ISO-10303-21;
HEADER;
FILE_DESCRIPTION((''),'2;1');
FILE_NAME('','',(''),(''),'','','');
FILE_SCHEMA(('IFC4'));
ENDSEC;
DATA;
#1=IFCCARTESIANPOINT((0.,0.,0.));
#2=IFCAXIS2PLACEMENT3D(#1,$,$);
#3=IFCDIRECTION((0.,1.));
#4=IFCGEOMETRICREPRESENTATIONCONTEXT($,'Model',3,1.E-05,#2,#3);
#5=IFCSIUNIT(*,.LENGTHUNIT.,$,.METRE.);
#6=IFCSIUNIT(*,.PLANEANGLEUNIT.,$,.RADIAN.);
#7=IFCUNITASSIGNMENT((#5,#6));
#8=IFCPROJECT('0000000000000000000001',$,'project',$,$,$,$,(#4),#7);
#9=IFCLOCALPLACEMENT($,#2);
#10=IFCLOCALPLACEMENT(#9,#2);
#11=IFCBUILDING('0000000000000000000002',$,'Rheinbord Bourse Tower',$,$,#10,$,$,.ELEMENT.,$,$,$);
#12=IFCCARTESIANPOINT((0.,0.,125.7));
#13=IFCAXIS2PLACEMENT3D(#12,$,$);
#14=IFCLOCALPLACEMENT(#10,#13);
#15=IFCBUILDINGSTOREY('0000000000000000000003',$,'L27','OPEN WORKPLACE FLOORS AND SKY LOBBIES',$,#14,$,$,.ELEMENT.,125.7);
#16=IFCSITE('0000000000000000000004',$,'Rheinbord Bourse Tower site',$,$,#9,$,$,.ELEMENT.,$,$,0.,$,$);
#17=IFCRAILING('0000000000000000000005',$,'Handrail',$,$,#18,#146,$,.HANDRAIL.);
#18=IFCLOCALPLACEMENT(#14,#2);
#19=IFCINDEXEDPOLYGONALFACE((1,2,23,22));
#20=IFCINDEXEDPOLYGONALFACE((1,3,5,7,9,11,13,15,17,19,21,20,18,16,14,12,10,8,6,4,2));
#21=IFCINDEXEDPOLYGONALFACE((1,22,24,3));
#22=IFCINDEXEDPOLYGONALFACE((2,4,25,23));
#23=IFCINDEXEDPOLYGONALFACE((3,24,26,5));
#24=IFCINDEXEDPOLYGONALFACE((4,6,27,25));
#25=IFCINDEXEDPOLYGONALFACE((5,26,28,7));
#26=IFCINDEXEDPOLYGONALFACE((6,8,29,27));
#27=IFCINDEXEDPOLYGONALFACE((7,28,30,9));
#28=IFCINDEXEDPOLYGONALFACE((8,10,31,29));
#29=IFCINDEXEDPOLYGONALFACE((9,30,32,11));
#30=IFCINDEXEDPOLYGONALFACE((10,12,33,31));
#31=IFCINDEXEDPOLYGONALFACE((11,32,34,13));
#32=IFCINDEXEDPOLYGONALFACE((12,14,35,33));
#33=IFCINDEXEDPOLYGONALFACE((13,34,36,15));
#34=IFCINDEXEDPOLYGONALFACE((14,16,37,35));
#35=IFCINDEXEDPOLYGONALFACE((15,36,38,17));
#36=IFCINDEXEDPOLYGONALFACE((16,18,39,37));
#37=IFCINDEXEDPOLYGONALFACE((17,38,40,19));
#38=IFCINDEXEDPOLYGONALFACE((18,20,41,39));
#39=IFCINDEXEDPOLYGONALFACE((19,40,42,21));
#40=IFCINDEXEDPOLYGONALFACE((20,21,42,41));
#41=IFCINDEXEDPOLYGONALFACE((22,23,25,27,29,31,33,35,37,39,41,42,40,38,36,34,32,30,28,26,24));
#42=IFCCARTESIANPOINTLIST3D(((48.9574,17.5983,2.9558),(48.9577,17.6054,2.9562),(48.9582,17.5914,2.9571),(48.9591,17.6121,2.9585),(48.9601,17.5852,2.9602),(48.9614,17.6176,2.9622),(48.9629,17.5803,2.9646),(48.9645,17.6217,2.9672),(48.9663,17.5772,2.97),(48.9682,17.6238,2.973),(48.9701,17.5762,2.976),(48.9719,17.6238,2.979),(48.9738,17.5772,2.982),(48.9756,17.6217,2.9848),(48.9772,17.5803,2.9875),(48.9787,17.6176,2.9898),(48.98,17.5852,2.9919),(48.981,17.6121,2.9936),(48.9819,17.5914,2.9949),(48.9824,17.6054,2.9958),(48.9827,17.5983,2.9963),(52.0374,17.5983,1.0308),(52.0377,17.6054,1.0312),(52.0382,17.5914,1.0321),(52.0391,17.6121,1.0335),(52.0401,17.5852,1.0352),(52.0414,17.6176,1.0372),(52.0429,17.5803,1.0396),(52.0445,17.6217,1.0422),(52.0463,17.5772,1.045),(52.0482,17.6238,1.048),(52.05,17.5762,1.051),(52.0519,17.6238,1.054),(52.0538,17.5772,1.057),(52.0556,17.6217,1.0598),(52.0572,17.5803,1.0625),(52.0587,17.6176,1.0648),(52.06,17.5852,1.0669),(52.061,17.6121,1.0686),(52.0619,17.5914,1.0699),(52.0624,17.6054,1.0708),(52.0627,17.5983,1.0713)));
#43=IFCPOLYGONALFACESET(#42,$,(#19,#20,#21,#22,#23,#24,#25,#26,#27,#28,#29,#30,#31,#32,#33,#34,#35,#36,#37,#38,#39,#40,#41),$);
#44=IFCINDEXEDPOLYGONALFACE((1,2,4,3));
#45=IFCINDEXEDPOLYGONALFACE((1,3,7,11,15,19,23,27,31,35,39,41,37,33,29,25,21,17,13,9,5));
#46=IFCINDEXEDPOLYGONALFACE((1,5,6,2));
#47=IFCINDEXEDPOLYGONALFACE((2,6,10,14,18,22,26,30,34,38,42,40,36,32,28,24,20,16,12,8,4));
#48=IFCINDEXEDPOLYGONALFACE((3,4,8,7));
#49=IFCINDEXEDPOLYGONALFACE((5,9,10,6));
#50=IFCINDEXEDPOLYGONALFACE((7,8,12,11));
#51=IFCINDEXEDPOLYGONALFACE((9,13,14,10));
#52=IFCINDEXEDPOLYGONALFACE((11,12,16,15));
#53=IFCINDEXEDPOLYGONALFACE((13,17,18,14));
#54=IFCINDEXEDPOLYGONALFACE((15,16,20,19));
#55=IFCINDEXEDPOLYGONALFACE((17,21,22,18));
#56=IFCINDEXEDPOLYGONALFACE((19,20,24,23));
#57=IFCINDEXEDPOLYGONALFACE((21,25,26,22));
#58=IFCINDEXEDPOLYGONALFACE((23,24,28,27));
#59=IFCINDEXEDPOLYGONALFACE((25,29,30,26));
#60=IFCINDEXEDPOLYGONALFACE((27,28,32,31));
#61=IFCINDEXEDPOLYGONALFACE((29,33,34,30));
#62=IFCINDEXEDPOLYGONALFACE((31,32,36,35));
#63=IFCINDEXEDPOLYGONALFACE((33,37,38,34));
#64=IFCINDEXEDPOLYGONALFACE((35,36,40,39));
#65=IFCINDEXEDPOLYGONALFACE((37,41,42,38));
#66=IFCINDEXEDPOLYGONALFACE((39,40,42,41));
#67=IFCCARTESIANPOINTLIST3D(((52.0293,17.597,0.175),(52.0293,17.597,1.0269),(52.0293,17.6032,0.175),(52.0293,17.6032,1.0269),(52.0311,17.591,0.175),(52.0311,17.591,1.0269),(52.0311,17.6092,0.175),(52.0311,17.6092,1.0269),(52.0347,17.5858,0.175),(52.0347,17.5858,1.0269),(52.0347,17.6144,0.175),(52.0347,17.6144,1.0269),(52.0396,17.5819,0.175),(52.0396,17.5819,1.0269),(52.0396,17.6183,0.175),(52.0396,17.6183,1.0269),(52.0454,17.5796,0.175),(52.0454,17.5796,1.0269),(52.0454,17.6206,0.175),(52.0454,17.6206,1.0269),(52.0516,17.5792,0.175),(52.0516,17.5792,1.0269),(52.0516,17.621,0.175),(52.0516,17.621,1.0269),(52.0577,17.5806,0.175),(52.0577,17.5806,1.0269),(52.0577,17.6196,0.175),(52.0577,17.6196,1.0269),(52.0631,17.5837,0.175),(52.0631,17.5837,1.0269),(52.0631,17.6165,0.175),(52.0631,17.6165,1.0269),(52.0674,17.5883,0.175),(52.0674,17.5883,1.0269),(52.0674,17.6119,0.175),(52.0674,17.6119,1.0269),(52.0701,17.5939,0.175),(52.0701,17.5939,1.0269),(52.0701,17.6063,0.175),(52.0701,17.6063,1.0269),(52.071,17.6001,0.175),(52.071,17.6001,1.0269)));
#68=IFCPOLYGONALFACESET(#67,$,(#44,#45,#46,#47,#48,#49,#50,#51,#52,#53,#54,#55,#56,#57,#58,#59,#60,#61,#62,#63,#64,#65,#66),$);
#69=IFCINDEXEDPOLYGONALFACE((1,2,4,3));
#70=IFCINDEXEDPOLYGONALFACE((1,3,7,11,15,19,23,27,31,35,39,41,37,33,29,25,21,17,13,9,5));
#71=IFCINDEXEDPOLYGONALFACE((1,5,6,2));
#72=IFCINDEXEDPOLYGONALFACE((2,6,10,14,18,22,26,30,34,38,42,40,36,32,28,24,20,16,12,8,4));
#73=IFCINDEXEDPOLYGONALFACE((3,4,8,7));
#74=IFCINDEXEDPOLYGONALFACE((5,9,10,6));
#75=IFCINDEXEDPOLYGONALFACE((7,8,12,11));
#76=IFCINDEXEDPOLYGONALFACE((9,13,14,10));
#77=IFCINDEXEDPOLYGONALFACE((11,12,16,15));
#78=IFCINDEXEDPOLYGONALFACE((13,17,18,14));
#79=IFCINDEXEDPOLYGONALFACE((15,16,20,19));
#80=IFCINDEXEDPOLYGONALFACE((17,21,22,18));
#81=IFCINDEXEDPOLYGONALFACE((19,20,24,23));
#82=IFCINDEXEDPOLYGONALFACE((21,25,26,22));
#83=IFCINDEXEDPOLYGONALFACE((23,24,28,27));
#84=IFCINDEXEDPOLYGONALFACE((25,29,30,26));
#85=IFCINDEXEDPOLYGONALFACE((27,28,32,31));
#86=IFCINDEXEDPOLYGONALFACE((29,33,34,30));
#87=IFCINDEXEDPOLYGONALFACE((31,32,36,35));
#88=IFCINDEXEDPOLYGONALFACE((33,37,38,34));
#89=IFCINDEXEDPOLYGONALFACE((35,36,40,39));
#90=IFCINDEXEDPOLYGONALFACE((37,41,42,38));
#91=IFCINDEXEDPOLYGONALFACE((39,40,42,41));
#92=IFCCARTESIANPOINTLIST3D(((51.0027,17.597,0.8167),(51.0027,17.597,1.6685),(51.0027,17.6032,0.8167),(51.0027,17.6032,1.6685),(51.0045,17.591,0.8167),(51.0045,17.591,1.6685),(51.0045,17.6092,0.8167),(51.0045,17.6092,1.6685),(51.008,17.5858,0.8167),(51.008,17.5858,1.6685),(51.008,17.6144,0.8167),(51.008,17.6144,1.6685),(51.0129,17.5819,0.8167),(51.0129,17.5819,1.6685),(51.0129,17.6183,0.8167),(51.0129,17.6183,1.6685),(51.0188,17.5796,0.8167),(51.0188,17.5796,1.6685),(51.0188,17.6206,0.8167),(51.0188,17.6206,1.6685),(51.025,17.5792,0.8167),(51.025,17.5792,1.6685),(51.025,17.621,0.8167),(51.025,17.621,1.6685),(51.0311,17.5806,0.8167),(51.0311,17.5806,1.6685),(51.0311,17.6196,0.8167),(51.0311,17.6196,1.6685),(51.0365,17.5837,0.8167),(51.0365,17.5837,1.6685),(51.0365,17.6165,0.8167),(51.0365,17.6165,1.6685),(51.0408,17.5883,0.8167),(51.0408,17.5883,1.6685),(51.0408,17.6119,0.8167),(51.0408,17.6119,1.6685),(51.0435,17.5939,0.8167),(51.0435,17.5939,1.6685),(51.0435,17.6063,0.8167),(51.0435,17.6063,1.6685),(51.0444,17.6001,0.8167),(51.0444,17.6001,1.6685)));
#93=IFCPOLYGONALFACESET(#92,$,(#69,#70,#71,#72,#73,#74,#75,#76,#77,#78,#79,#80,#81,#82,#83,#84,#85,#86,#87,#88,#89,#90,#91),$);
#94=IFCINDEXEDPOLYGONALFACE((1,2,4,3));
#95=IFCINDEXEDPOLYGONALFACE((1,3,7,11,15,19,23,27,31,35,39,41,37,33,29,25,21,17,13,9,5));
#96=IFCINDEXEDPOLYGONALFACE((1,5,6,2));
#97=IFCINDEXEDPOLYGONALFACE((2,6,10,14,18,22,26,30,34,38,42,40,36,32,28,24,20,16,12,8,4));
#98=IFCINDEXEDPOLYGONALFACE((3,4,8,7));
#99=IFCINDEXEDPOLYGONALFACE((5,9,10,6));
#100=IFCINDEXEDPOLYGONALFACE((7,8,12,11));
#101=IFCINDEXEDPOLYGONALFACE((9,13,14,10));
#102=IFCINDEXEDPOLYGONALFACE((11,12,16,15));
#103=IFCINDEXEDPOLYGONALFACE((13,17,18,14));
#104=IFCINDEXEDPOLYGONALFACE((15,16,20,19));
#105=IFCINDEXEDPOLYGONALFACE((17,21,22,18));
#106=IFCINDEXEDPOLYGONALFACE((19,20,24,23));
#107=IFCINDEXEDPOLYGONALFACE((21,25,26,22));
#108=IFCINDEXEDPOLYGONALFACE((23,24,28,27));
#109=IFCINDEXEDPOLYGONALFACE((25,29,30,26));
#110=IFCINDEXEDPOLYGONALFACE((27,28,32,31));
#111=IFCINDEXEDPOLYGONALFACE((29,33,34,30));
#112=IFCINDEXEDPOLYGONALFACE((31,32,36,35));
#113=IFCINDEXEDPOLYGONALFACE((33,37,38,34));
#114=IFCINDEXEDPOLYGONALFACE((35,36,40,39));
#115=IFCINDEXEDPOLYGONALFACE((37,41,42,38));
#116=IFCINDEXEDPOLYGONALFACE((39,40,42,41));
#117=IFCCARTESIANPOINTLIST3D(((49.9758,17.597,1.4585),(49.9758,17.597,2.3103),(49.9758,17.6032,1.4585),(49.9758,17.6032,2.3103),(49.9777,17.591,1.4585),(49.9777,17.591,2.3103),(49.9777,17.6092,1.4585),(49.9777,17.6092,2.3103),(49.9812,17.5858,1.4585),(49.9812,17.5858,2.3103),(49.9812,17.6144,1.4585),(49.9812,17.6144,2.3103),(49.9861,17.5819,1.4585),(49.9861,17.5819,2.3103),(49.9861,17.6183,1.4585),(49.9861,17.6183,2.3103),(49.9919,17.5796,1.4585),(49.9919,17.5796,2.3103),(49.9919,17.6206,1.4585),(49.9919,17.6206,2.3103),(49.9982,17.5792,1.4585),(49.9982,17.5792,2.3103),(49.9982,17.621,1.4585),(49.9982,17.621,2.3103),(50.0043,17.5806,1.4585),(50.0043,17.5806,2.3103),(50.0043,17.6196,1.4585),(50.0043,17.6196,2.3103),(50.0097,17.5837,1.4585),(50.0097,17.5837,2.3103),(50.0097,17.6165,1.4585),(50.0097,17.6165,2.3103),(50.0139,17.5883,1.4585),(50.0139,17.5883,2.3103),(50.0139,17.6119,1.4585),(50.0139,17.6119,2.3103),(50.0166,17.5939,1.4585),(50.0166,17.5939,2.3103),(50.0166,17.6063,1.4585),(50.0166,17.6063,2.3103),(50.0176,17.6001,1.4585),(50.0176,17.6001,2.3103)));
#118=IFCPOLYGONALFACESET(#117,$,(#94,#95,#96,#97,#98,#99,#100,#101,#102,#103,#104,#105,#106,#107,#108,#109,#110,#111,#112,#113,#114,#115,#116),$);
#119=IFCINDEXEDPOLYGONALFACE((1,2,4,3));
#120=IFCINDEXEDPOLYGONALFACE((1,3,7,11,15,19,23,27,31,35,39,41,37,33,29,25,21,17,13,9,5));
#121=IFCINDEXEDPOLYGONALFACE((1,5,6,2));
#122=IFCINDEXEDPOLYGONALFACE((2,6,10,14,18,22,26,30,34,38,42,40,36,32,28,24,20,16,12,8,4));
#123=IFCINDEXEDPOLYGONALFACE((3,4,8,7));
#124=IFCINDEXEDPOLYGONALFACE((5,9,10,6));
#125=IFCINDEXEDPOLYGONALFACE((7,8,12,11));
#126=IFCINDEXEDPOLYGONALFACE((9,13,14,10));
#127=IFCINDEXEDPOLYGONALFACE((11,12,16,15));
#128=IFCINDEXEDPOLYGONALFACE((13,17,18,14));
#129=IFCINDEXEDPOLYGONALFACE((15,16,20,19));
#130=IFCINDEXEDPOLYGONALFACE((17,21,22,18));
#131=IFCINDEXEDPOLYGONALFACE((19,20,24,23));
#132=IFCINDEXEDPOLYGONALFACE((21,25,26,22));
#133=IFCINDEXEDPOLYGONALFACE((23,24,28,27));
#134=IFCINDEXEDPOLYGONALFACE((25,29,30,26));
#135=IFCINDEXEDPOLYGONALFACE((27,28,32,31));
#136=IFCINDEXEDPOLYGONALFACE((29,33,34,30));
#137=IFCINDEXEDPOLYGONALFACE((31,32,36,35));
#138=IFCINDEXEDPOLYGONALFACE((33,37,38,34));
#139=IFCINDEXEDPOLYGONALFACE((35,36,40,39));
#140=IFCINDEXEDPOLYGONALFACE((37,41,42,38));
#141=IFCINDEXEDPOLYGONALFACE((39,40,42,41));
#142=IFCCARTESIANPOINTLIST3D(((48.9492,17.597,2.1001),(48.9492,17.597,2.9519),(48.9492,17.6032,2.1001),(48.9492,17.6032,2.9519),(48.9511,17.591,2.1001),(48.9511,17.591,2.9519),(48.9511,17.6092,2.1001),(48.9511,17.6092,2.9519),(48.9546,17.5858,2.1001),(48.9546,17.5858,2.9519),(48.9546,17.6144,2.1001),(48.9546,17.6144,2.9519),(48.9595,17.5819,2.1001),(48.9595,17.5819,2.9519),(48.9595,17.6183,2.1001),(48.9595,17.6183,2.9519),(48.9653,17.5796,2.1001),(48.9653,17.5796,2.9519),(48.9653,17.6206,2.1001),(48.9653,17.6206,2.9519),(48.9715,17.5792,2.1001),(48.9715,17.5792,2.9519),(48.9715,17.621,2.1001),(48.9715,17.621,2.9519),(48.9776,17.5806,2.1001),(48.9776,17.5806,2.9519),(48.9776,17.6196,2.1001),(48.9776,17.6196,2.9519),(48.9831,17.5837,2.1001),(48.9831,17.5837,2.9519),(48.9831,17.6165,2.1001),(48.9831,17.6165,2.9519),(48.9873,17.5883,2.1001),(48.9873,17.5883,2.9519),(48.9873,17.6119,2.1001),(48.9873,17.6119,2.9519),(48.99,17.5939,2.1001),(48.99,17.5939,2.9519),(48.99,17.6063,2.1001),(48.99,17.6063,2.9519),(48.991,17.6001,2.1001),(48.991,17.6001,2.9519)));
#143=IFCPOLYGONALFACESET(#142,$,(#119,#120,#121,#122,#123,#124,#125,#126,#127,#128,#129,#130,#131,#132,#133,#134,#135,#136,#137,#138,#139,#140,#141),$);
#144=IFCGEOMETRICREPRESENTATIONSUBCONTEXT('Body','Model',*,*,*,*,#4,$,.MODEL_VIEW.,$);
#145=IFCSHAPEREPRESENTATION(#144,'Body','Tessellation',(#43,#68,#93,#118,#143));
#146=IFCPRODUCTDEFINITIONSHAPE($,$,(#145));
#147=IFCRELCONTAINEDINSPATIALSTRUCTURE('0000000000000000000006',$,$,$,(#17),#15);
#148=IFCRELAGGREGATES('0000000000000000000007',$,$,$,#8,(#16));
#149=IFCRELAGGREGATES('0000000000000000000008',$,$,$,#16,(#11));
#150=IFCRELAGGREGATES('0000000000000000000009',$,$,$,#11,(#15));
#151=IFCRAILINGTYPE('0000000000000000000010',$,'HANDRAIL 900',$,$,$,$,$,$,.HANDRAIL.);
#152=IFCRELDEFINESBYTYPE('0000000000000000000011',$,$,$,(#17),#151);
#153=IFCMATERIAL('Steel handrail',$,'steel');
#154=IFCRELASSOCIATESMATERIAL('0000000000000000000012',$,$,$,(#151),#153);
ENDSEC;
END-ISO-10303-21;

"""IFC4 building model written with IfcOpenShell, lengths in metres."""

from ifc_helpers import new_model, si_unit, direction, frame, origin, origin_2d, place, context, subcontext, project, spatial, circle, extrude, material, type_object, element, save


model = new_model("IFC4")

# Units and contexts
model_context = context("Model", 3, precision=1e-05, world=origin(), true_north=direction((0.0, 1.0)))
body_context = subcontext(model_context, "Body", "Model", "MODEL_VIEW")
ifc_project = project(units=[si_unit("LENGTHUNIT", "METRE"), si_unit("PLANEANGLEUNIT", "RADIAN")], contexts=[model_context])

# Site, building, storey
site_placement = place(None, origin())
site = spatial("IfcSite", under=ifc_project, at=site_placement, Name="Rheinbord Bourse Tower site", CompositionType="ELEMENT", RefElevation=0.0)
building_placement = place(site_placement, origin())
building = spatial("IfcBuilding", under=site, at=building_placement, Name="Rheinbord Bourse Tower", CompositionType="ELEMENT")
storey_placement = place(building_placement, frame((0.0, 0.0, 125.7)))
storey = spatial("IfcBuildingStorey", under=building, at=storey_placement, Name="L27", Description="OPEN WORKPLACE FLOORS AND SKY LOBBIES", CompositionType="ELEMENT", Elevation=125.7)

# Railing
ifc_material_1 = material(Name="Steel handrail", Category="steel")
railing_type = type_object("IfcRailingType", Name="HANDRAIL 900", PredefinedType="HANDRAIL", material=ifc_material_1)
railing_1_placement = place(storey_placement, frame((52.05, 17.6001, 0.175)))
element("IfcRailing", 1, at=railing_1_placement, inside=storey, type_object=railing_type, Name="Handrail", PredefinedType="HANDRAIL", context=body_context, shape_type="SweptSolid", body=[
    extrude(circle(Radius=0.0239, at=origin_2d()), frame((0.0, 0.0, 0.876), z_axis=(-0.847998, 0.0, 0.529999), x_axis=(0.0, -1.0, 0.0)), (0.0, 0.0, 1.0), 3.6321),
    extrude(circle(Radius=0.021, at=origin_2d()), origin(), (0.0, 0.0, 1.0), 0.8518),
    extrude(circle(Radius=0.021, at=origin_2d()), frame((-1.0266, 0.0, 0.6416)), (0.0, 0.0, 1.0), 0.8518),
    extrude(circle(Radius=0.021, at=origin_2d()), frame((-2.0535, 0.0, 1.2834)), (0.0, 0.0, 1.0), 0.8518),
    extrude(circle(Radius=0.021, at=origin_2d()), frame((-3.0801, 0.0, 1.925)), (0.0, 0.0, 1.0), 0.8518),
])

save(model, "model.ifc")
